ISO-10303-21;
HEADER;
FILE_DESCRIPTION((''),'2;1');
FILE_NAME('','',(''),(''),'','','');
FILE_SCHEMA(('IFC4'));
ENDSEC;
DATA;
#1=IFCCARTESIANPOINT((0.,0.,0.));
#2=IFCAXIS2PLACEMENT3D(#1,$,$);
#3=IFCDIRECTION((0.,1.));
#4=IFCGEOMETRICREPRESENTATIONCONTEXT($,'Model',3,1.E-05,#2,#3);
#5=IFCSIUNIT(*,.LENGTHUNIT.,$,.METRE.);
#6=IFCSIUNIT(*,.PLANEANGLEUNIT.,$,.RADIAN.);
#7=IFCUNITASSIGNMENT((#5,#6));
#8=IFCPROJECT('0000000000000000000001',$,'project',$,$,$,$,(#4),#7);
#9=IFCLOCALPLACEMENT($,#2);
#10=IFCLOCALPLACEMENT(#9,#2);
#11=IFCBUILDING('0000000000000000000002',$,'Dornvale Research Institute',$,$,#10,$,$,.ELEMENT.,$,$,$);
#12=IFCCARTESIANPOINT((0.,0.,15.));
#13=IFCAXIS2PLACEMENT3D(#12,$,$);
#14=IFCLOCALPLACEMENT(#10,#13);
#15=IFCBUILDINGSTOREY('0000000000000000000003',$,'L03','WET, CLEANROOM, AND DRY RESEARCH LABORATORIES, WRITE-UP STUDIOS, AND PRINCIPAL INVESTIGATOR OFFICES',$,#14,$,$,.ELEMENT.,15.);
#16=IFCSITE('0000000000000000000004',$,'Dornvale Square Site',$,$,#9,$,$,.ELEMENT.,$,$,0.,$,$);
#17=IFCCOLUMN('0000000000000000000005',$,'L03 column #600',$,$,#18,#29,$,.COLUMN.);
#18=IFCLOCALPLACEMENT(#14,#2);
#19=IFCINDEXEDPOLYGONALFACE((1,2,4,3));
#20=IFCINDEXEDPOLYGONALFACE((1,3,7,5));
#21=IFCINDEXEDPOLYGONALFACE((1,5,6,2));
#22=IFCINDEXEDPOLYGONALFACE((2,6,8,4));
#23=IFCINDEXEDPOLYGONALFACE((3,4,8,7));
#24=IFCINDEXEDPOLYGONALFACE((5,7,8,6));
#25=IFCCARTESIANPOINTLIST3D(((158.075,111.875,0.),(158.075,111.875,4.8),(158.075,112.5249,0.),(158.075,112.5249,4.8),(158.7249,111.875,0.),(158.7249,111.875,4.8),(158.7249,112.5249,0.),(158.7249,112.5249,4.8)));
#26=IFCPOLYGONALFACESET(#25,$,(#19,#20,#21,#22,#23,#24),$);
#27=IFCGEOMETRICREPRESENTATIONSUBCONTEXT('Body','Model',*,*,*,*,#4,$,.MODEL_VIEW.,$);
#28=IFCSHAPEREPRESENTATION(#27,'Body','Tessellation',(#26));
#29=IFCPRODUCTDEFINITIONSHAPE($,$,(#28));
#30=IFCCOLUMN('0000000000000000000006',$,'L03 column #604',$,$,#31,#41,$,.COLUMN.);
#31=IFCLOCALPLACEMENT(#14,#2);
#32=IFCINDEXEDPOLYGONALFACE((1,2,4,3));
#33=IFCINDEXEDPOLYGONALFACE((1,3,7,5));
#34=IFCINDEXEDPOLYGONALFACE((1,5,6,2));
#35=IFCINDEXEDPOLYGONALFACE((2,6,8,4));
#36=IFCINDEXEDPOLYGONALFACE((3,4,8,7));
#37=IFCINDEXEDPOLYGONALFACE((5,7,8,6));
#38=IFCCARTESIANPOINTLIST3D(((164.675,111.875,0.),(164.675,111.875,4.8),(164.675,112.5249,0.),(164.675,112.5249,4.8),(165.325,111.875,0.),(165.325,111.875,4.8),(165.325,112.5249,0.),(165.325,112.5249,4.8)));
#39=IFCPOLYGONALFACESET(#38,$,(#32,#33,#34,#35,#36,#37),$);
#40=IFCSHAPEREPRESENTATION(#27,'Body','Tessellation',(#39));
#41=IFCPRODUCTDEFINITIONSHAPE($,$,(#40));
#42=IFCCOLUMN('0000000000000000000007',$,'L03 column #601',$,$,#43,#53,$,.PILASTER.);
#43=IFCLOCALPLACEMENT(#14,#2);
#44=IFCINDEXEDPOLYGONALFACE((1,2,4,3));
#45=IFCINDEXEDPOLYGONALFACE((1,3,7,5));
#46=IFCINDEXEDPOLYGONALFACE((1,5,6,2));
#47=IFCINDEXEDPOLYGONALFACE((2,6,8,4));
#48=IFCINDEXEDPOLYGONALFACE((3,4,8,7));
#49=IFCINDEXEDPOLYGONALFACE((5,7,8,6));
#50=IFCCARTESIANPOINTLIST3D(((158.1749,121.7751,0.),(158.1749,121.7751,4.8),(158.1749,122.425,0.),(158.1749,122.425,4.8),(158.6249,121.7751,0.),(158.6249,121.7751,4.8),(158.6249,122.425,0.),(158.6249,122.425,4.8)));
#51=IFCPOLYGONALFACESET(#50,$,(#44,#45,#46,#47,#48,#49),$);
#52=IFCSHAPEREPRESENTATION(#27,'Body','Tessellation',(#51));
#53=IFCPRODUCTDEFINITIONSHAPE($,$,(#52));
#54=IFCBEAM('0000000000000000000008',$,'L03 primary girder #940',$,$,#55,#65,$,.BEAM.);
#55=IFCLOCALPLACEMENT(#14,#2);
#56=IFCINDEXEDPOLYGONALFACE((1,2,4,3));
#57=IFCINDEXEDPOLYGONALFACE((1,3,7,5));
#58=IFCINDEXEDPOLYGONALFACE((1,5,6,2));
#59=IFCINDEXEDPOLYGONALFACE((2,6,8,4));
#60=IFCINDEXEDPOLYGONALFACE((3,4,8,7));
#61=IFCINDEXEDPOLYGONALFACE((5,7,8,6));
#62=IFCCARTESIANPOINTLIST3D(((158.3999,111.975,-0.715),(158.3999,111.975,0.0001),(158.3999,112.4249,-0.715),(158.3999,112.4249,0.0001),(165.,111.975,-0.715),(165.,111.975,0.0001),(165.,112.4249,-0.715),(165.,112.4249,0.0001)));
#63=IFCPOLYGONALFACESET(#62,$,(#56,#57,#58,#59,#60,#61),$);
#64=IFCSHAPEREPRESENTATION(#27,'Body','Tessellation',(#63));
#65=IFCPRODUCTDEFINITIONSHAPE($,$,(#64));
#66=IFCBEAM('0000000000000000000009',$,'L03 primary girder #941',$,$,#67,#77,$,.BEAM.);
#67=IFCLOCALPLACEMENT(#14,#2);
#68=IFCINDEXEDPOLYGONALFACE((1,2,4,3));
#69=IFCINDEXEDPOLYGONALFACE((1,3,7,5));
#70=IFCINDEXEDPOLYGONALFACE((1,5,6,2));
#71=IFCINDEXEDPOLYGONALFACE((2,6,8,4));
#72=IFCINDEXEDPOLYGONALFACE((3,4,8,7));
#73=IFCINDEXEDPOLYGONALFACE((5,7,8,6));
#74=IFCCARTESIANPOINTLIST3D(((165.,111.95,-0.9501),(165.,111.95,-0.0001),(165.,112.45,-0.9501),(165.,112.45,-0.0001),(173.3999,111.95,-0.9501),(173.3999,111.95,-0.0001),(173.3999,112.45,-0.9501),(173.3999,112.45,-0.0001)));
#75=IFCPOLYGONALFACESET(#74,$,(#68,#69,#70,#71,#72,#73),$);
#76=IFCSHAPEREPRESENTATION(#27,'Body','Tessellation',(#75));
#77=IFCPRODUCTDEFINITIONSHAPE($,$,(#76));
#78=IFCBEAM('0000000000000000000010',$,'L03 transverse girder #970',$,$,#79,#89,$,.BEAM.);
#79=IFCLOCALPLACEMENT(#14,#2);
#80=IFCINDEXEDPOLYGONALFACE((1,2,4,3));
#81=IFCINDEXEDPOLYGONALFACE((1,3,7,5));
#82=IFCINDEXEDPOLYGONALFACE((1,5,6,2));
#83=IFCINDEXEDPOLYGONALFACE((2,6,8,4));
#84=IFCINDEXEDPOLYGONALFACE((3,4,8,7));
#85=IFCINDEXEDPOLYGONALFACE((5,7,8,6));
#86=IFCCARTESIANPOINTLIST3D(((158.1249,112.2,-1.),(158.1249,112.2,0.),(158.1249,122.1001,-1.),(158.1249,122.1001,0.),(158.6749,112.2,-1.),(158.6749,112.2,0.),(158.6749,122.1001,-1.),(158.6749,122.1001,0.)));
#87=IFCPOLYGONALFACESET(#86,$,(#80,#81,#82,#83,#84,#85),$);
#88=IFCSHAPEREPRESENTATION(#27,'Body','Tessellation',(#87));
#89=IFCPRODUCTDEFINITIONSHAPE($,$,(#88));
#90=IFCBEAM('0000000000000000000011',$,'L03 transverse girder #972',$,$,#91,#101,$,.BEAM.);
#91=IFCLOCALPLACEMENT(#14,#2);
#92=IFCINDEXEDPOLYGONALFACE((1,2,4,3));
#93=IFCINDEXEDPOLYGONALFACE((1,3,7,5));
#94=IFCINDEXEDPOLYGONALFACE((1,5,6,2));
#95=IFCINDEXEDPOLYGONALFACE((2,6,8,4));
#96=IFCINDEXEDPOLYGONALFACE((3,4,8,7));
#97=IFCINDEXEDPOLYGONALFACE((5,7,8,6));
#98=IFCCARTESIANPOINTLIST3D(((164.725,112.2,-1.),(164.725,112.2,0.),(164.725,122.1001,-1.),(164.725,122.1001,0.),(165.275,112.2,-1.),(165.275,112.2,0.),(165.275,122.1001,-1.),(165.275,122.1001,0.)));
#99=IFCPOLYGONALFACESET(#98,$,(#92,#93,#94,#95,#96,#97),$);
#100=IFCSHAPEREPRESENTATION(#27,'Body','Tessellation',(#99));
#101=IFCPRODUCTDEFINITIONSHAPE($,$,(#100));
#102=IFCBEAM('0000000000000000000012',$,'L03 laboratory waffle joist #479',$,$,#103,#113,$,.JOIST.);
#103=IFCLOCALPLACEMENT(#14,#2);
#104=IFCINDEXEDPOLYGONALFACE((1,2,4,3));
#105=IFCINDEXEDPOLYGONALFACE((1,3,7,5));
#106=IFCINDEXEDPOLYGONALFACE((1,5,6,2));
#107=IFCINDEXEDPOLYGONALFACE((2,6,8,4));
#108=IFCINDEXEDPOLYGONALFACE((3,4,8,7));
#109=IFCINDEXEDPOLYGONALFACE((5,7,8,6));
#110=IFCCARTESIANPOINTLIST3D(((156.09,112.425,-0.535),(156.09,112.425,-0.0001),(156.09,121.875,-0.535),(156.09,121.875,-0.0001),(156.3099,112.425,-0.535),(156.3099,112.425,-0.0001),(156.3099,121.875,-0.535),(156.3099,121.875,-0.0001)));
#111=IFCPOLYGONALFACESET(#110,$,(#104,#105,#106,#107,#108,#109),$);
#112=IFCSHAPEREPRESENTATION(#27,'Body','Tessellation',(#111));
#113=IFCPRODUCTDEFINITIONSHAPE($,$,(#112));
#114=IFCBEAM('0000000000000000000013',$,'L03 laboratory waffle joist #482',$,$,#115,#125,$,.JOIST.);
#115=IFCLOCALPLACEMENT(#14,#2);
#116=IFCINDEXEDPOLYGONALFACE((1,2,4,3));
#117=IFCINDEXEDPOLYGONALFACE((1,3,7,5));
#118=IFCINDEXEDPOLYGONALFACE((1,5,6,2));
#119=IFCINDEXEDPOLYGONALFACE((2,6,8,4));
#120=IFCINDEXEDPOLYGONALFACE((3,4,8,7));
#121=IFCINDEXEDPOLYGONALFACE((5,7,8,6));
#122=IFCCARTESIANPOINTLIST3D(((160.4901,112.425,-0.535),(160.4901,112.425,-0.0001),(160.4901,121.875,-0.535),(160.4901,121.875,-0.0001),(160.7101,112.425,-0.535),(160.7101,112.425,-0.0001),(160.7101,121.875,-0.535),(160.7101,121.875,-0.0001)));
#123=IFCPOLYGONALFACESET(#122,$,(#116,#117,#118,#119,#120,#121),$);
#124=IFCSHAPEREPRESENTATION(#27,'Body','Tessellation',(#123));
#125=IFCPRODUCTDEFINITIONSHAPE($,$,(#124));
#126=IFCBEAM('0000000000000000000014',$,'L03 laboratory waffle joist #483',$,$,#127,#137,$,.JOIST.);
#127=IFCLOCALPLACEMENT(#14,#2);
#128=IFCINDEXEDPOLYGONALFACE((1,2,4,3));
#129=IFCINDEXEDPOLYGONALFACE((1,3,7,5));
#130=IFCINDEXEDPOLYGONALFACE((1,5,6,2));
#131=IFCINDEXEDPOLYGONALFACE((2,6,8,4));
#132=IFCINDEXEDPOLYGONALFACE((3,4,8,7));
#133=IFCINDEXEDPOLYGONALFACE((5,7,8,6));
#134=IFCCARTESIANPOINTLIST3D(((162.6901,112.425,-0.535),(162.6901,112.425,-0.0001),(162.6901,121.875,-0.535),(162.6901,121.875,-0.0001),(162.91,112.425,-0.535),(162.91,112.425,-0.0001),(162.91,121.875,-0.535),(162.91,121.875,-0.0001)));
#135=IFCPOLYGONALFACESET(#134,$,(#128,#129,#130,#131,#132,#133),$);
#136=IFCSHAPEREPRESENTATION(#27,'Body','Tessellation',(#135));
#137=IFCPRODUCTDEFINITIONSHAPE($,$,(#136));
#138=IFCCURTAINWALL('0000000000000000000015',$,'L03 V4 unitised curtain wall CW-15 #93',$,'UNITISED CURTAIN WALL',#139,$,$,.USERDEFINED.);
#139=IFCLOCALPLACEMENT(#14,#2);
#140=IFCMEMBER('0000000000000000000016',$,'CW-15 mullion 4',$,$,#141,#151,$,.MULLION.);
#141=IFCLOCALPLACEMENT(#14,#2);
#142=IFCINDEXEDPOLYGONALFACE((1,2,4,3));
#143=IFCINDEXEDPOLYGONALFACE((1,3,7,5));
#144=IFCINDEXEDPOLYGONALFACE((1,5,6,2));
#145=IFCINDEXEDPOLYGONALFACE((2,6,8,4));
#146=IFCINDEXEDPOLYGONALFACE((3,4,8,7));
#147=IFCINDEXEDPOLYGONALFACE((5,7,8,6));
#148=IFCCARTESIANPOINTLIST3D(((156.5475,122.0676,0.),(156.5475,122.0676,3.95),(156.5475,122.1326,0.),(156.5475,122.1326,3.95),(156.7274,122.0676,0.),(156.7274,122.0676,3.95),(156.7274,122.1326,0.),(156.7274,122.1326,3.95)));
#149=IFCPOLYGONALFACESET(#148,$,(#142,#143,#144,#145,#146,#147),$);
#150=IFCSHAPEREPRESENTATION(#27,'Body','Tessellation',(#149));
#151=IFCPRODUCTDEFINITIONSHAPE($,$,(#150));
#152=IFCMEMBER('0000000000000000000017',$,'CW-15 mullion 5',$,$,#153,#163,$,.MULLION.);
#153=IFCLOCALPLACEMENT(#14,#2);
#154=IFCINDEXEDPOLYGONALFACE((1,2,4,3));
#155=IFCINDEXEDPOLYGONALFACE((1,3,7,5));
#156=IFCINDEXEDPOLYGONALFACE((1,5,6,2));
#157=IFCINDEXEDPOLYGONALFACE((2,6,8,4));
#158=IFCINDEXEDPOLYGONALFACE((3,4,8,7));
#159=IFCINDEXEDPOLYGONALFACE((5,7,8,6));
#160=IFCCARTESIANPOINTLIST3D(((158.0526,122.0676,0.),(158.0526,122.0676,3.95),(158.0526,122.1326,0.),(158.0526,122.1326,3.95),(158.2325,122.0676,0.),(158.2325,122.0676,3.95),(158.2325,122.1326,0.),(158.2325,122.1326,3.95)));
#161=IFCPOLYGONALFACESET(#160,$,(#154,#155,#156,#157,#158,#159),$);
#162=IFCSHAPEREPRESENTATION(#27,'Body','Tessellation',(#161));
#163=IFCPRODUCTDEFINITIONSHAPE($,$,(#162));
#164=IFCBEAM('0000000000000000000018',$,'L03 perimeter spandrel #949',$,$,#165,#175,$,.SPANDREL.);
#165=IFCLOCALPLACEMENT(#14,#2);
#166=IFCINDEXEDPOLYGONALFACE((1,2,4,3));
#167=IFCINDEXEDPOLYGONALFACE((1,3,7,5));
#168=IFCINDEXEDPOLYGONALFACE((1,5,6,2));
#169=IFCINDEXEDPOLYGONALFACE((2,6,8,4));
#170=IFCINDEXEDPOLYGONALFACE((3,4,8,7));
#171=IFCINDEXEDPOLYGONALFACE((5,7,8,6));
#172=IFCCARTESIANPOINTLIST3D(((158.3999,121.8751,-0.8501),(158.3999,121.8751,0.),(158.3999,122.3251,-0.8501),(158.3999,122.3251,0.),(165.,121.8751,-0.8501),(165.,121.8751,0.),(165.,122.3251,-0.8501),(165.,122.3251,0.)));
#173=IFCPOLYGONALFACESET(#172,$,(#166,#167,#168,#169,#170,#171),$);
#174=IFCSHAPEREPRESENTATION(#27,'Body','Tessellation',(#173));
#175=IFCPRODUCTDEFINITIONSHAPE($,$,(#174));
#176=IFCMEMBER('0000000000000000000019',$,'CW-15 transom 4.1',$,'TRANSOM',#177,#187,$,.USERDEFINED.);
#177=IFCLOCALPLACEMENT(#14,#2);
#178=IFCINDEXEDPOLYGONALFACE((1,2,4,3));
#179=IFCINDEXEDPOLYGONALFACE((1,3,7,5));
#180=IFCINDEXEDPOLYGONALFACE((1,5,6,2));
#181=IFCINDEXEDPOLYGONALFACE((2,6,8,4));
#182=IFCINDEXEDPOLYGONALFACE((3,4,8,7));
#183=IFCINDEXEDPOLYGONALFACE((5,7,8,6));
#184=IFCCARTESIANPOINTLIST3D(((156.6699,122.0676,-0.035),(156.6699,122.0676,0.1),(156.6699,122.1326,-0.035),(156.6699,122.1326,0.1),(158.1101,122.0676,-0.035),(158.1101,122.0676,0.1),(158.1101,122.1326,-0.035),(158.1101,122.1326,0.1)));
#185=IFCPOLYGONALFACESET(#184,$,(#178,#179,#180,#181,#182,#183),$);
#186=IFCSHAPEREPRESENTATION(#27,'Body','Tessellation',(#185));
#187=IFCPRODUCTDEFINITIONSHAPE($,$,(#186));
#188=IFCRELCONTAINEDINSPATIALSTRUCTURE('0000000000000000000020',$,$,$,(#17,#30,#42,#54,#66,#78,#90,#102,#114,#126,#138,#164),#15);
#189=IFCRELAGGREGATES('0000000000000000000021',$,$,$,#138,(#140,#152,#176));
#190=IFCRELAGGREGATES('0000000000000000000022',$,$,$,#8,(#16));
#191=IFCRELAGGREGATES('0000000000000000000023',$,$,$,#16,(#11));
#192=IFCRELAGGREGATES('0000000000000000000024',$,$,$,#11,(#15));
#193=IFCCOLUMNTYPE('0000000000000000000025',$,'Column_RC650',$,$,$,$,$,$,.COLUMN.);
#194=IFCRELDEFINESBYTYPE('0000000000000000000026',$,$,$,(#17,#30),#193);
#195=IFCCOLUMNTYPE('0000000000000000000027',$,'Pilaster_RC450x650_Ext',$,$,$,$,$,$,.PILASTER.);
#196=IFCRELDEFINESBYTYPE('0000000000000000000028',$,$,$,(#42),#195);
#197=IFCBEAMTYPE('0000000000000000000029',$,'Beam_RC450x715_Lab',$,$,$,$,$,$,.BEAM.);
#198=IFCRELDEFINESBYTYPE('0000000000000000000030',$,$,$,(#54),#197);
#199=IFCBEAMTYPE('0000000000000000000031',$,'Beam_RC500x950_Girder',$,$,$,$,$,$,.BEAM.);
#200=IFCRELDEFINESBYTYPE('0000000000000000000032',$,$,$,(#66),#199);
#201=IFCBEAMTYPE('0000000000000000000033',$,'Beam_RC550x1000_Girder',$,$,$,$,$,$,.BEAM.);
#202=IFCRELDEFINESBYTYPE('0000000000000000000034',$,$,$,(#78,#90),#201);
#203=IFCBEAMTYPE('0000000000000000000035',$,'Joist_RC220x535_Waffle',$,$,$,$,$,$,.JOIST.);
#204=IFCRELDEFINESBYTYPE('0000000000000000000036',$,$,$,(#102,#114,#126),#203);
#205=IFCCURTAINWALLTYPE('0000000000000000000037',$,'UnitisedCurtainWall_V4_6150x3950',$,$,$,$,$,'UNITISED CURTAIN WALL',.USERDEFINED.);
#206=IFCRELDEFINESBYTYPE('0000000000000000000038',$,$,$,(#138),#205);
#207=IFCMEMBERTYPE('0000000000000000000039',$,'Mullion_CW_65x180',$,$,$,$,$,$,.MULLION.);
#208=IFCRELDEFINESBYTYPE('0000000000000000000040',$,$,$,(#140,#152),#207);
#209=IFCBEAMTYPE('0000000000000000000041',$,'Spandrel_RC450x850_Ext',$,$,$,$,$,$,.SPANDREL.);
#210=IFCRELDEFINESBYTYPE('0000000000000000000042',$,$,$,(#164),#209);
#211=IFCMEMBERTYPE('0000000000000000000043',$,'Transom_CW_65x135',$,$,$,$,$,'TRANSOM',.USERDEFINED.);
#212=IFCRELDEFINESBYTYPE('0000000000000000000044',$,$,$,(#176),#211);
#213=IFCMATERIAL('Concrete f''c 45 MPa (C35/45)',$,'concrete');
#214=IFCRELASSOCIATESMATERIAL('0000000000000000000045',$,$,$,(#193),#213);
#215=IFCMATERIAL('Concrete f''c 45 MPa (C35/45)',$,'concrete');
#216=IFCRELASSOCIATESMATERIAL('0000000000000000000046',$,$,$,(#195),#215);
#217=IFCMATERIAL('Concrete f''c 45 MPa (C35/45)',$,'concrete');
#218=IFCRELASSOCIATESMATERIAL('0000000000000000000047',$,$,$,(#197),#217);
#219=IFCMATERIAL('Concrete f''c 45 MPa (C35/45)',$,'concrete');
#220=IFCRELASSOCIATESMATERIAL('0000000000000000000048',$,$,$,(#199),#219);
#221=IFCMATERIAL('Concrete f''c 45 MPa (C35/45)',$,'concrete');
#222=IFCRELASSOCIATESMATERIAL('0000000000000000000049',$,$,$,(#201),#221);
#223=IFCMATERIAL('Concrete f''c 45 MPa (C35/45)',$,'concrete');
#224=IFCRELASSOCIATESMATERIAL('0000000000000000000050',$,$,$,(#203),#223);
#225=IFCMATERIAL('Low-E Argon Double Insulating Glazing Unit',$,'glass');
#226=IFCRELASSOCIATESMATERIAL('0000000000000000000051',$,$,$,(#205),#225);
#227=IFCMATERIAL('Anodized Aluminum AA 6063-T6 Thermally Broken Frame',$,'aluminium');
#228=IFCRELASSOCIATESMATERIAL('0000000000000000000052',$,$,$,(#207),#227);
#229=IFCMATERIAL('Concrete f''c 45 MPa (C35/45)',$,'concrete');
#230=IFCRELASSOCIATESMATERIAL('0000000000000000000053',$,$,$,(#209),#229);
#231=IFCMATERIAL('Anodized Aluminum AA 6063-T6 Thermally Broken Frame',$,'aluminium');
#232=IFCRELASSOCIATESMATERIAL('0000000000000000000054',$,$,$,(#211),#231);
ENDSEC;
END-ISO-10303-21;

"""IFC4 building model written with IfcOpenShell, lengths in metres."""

from ifc_helpers import new_model, si_unit, direction, frame, origin, origin_2d, place, context, subcontext, project, spatial, rectangle, extrude, material, material_profile, profile_set, type_object, element, aggregate, save


model = new_model("IFC4")

# Units and contexts
model_context = context("Model", 3, precision=1e-05, world=origin(), true_north=direction((0.0, 1.0)))
body_context = subcontext(model_context, "Body", "Model", "MODEL_VIEW")
ifc_project = project(units=[si_unit("LENGTHUNIT", "METRE"), si_unit("PLANEANGLEUNIT", "RADIAN")], contexts=[model_context])

# Site, building, storey
site_placement = place(None, origin())
site = spatial("IfcSite", under=ifc_project, at=site_placement, Name="Dornvale Square Site", CompositionType="ELEMENT", RefElevation=0.0)
building_placement = place(site_placement, origin())
building = spatial("IfcBuilding", under=site, at=building_placement, Name="Dornvale Research Institute", CompositionType="ELEMENT")
storey_placement = place(building_placement, frame((0.0, 0.0, 15.0)))
storey = spatial("IfcBuildingStorey", under=building, at=storey_placement, Name="L03", Description="WET, CLEANROOM, AND DRY RESEARCH LABORATORIES, WRITE-UP STUDIOS, AND PRINCIPAL INVESTIGATOR OFFICES", CompositionType="ELEMENT", Elevation=15.0)

# Columns
ifc_material_1 = material(Name="Concrete f'c 45 MPa (C35/45)", Category="concrete")
ifc_material_profile_1 = material_profile(ifc_material_1, rectangle(XDim=0.6499, YDim=0.6499, at=origin_2d()), Name="RC 650x650")
ifc_profile_set_1 = profile_set([ifc_material_profile_1], Name="Concrete f'c 45 MPa (C35/45)")
column_type_1 = type_object("IfcColumnType", Name="Column_RC650", PredefinedType="COLUMN", material=ifc_profile_set_1)
for number, where, z_axis, x_axis, name in (
    (1, (158.3999, 112.2, 0.0), (0.0, 0.0, 1.0), (1.0, 0.0, 0.0), "L03 column #600"),
    (2, (165.0, 112.2, 0.0), (0.0, 0.0, 1.0), (1.0, 0.0, 0.0), "L03 column #604"),
):
    element("IfcColumn", number, at=place(storey_placement, frame(where, z_axis=z_axis, x_axis=x_axis)), inside=storey, type_object=column_type_1, Name=name, PredefinedType="COLUMN", context=body_context, shape_type="SweptSolid", body=[
        extrude(rectangle(XDim=0.6499, YDim=0.6499, at=origin_2d()), origin(), (0.0, 0.0, 1.0), 4.8),
    ])
ifc_material_2 = material(Name="Concrete f'c 45 MPa (C35/45)", Category="concrete")
ifc_material_profile_2 = material_profile(ifc_material_2, rectangle(XDim=0.45, YDim=0.6499, at=origin_2d()), Name="RC 450x650")
ifc_profile_set_2 = profile_set([ifc_material_profile_2], Name="Concrete f'c 45 MPa (C35/45)")
column_type_2 = type_object("IfcColumnType", Name="Pilaster_RC450x650_Ext", PredefinedType="PILASTER", material=ifc_profile_set_2)
column_placement = place(storey_placement, frame((158.3999, 122.1001, 0.0), z_axis=(0.0, 0.0, 1.0), x_axis=(1.0, 0.0, 0.0)))
element("IfcColumn", 3, at=column_placement, inside=storey, type_object=column_type_2, Name="L03 column #601", PredefinedType="PILASTER", context=body_context, shape_type="SweptSolid", body=[
    extrude(rectangle(XDim=0.45, YDim=0.6499, at=origin_2d()), origin(), (0.0, 0.0, 1.0), 4.8),
])

# Beams
ifc_material_3 = material(Name="Concrete f'c 45 MPa (C35/45)", Category="concrete")
ifc_material_profile_3 = material_profile(ifc_material_3, rectangle(XDim=0.45, YDim=0.7151, at=origin_2d()), Name="RC 450x715")
ifc_profile_set_3 = profile_set([ifc_material_profile_3], Name="Concrete f'c 45 MPa (C35/45)")
beam_type_1 = type_object("IfcBeamType", Name="Beam_RC450x715_Lab", PredefinedType="BEAM", material=ifc_profile_set_3)
beam_1_placement = place(storey_placement, frame((158.3999, 112.2, -0.3574), z_axis=(1.0, 0.0, 0.0), x_axis=(0.0, 1.0, 0.0)))
element("IfcBeam", 4, at=beam_1_placement, inside=storey, type_object=beam_type_1, Name="L03 primary girder #940", PredefinedType="BEAM", context=body_context, shape_type="SweptSolid", body=[
    extrude(rectangle(XDim=0.45, YDim=0.7151, at=origin_2d()), origin(), (0.0, 0.0, 1.0), 6.6001),
])
ifc_material_4 = material(Name="Concrete f'c 45 MPa (C35/45)", Category="concrete")
ifc_material_profile_4 = material_profile(ifc_material_4, rectangle(XDim=0.5, YDim=0.95, at=origin_2d()), Name="RC 500x950")
ifc_profile_set_4 = profile_set([ifc_material_profile_4], Name="Concrete f'c 45 MPa (C35/45)")
beam_type_2 = type_object("IfcBeamType", Name="Beam_RC500x950_Girder", PredefinedType="BEAM", material=ifc_profile_set_4)
beam_2_placement = place(storey_placement, frame((165.0, 112.2, -0.4751), z_axis=(1.0, 0.0, 0.0), x_axis=(0.0, 1.0, 0.0)))
element("IfcBeam", 5, at=beam_2_placement, inside=storey, type_object=beam_type_2, Name="L03 primary girder #941", PredefinedType="BEAM", context=body_context, shape_type="SweptSolid", body=[
    extrude(rectangle(XDim=0.5, YDim=0.95, at=origin_2d()), origin(), (0.0, 0.0, 1.0), 8.3999),
])
ifc_material_5 = material(Name="Concrete f'c 45 MPa (C35/45)", Category="concrete")
ifc_material_profile_5 = material_profile(ifc_material_5, rectangle(XDim=0.55, YDim=1.0, at=origin_2d()), Name="RC 550x1000")
ifc_profile_set_5 = profile_set([ifc_material_profile_5], Name="Concrete f'c 45 MPa (C35/45)")
beam_type_3 = type_object("IfcBeamType", Name="Beam_RC550x1000_Girder", PredefinedType="BEAM", material=ifc_profile_set_5)
for number, where, z_axis, x_axis, name in (
    (6, (158.3999, 112.2, -0.5), (0.0, 1.0, 0.0), (-1.0, 0.0, 0.0), "L03 transverse girder #970"),
    (7, (165.0, 112.2, -0.5), (0.0, 1.0, 0.0), (-1.0, 0.0, 0.0), "L03 transverse girder #972"),
):
    element("IfcBeam", number, at=place(storey_placement, frame(where, z_axis=z_axis, x_axis=x_axis)), inside=storey, type_object=beam_type_3, Name=name, PredefinedType="BEAM", context=body_context, shape_type="SweptSolid", body=[
        extrude(rectangle(XDim=0.55, YDim=1.0, at=origin_2d()), origin(), (0.0, 0.0, 1.0), 9.9001),
    ])
ifc_material_6 = material(Name="Concrete f'c 45 MPa (C35/45)", Category="concrete")
ifc_material_profile_6 = material_profile(ifc_material_6, rectangle(XDim=0.22, YDim=0.5349, at=origin_2d()), Name="RC 220x535")
ifc_profile_set_6 = profile_set([ifc_material_profile_6], Name="Concrete f'c 45 MPa (C35/45)")
beam_type_4 = type_object("IfcBeamType", Name="Joist_RC220x535_Waffle", PredefinedType="JOIST", material=ifc_profile_set_6)
for number, where, z_axis, x_axis, name in (
    (8, (156.2, 112.425, -0.2676), (0.0, 1.0, 0.0), (-1.0, 0.0, 0.0), "L03 laboratory waffle joist #479"),
    (9, (160.6001, 112.425, -0.2676), (0.0, 1.0, 0.0), (-1.0, 0.0, 0.0), "L03 laboratory waffle joist #482"),
    (10, (162.8, 112.425, -0.2676), (0.0, 1.0, 0.0), (-1.0, 0.0, 0.0), "L03 laboratory waffle joist #483"),
):
    element("IfcBeam", number, at=place(storey_placement, frame(where, z_axis=z_axis, x_axis=x_axis)), inside=storey, type_object=beam_type_4, Name=name, PredefinedType="JOIST", context=body_context, shape_type="SweptSolid", body=[
        extrude(rectangle(XDim=0.22, YDim=0.5349, at=origin_2d()), origin(), (0.0, 0.0, 1.0), 9.45),
    ])

# Curtain wall, members
ifc_material_7 = material(Name="Low-E Argon Double Insulating Glazing Unit", Category="glass")
curtain_wall_type = type_object("IfcCurtainWallType", Name="UnitisedCurtainWall_V4_6150x3950", ElementType="UNITISED CURTAIN WALL", PredefinedType="USERDEFINED", material=ifc_material_7)
curtain_wall_placement = place(storey_placement, origin())
curtain_wall = element("IfcCurtainWall", 11, at=curtain_wall_placement, inside=storey, type_object=curtain_wall_type, Name="L03 V4 unitised curtain wall CW-15 #93", ObjectType="UNITISED CURTAIN WALL", PredefinedType="USERDEFINED")
ifc_material_8 = material(Name="Anodized Aluminum AA 6063-T6 Thermally Broken Frame", Category="aluminium")
ifc_material_profile_7 = material_profile(ifc_material_8, rectangle(XDim=0.0649, YDim=0.1799, at=origin_2d()), Name="ALU MULLION 65x180")
ifc_profile_set_7 = profile_set([ifc_material_profile_7], Name="Anodized Aluminum AA 6063-T6 Thermally Broken Frame")
member_type_1 = type_object("IfcMemberType", Name="Mullion_CW_65x180", PredefinedType="MULLION", material=ifc_profile_set_7)
member_1_placement = place(storey_placement, frame((156.6375, 122.1001, 0.0), z_axis=(0.0, 0.0, 1.0), x_axis=(0.0, 1.0, 0.0)))
member_1 = element("IfcMember", 12, at=member_1_placement, type_object=member_type_1, Name="CW-15 mullion 4", PredefinedType="MULLION", context=body_context, shape_type="SweptSolid", body=[
    extrude(rectangle(XDim=0.0649, YDim=0.1799, at=origin_2d()), origin(), (0.0, 0.0, 1.0), 3.95),
])
member_2_placement = place(storey_placement, frame((158.1426, 122.1001, 0.0), z_axis=(0.0, 0.0, 1.0), x_axis=(0.0, 1.0, 0.0)))
member_2 = element("IfcMember", 13, at=member_2_placement, type_object=member_type_1, Name="CW-15 mullion 5", PredefinedType="MULLION", context=body_context, shape_type="SweptSolid", body=[
    extrude(rectangle(XDim=0.0649, YDim=0.1799, at=origin_2d()), origin(), (0.0, 0.0, 1.0), 3.95),
])

# Beam
ifc_material_9 = material(Name="Concrete f'c 45 MPa (C35/45)", Category="concrete")
ifc_material_profile_8 = material_profile(ifc_material_9, rectangle(XDim=0.45, YDim=0.8501, at=origin_2d()), Name="RC 450x850")
ifc_profile_set_8 = profile_set([ifc_material_profile_8], Name="Concrete f'c 45 MPa (C35/45)")
beam_type_5 = type_object("IfcBeamType", Name="Spandrel_RC450x850_Ext", PredefinedType="SPANDREL", material=ifc_profile_set_8)
beam_3_placement = place(storey_placement, frame((158.3999, 122.1001, -0.425), z_axis=(1.0, 0.0, 0.0), x_axis=(0.0, 1.0, 0.0)))
element("IfcBeam", 14, at=beam_3_placement, inside=storey, type_object=beam_type_5, Name="L03 perimeter spandrel #949", PredefinedType="SPANDREL", context=body_context, shape_type="SweptSolid", body=[
    extrude(rectangle(XDim=0.45, YDim=0.8501, at=origin_2d()), origin(), (0.0, 0.0, 1.0), 6.6001),
])

# Member
ifc_material_10 = material(Name="Anodized Aluminum AA 6063-T6 Thermally Broken Frame", Category="aluminium")
ifc_material_profile_9 = material_profile(ifc_material_10, rectangle(XDim=0.0649, YDim=0.135, at=origin_2d()), Name="ALU TRANSOM 65x135")
ifc_profile_set_9 = profile_set([ifc_material_profile_9], Name="Anodized Aluminum AA 6063-T6 Thermally Broken Frame")
member_type_2 = type_object("IfcMemberType", Name="Transom_CW_65x135", ElementType="TRANSOM", PredefinedType="USERDEFINED", material=ifc_profile_set_9)
member_3_placement = place(storey_placement, frame((156.6699, 122.1001, 0.0325), z_axis=(1.0, 0.0, 0.0), x_axis=(0.0, 1.0, 0.0)))
member_3 = element("IfcMember", 15, at=member_3_placement, type_object=member_type_2, Name="CW-15 transom 4.1", ObjectType="TRANSOM", PredefinedType="USERDEFINED", context=body_context, shape_type="SweptSolid", body=[
    extrude(rectangle(XDim=0.0649, YDim=0.135, at=origin_2d()), origin(), (0.0, 0.0, 1.0), 1.4402),
])

aggregate(curtain_wall, [member_1, member_2, member_3])

save(model, "model.ifc")
